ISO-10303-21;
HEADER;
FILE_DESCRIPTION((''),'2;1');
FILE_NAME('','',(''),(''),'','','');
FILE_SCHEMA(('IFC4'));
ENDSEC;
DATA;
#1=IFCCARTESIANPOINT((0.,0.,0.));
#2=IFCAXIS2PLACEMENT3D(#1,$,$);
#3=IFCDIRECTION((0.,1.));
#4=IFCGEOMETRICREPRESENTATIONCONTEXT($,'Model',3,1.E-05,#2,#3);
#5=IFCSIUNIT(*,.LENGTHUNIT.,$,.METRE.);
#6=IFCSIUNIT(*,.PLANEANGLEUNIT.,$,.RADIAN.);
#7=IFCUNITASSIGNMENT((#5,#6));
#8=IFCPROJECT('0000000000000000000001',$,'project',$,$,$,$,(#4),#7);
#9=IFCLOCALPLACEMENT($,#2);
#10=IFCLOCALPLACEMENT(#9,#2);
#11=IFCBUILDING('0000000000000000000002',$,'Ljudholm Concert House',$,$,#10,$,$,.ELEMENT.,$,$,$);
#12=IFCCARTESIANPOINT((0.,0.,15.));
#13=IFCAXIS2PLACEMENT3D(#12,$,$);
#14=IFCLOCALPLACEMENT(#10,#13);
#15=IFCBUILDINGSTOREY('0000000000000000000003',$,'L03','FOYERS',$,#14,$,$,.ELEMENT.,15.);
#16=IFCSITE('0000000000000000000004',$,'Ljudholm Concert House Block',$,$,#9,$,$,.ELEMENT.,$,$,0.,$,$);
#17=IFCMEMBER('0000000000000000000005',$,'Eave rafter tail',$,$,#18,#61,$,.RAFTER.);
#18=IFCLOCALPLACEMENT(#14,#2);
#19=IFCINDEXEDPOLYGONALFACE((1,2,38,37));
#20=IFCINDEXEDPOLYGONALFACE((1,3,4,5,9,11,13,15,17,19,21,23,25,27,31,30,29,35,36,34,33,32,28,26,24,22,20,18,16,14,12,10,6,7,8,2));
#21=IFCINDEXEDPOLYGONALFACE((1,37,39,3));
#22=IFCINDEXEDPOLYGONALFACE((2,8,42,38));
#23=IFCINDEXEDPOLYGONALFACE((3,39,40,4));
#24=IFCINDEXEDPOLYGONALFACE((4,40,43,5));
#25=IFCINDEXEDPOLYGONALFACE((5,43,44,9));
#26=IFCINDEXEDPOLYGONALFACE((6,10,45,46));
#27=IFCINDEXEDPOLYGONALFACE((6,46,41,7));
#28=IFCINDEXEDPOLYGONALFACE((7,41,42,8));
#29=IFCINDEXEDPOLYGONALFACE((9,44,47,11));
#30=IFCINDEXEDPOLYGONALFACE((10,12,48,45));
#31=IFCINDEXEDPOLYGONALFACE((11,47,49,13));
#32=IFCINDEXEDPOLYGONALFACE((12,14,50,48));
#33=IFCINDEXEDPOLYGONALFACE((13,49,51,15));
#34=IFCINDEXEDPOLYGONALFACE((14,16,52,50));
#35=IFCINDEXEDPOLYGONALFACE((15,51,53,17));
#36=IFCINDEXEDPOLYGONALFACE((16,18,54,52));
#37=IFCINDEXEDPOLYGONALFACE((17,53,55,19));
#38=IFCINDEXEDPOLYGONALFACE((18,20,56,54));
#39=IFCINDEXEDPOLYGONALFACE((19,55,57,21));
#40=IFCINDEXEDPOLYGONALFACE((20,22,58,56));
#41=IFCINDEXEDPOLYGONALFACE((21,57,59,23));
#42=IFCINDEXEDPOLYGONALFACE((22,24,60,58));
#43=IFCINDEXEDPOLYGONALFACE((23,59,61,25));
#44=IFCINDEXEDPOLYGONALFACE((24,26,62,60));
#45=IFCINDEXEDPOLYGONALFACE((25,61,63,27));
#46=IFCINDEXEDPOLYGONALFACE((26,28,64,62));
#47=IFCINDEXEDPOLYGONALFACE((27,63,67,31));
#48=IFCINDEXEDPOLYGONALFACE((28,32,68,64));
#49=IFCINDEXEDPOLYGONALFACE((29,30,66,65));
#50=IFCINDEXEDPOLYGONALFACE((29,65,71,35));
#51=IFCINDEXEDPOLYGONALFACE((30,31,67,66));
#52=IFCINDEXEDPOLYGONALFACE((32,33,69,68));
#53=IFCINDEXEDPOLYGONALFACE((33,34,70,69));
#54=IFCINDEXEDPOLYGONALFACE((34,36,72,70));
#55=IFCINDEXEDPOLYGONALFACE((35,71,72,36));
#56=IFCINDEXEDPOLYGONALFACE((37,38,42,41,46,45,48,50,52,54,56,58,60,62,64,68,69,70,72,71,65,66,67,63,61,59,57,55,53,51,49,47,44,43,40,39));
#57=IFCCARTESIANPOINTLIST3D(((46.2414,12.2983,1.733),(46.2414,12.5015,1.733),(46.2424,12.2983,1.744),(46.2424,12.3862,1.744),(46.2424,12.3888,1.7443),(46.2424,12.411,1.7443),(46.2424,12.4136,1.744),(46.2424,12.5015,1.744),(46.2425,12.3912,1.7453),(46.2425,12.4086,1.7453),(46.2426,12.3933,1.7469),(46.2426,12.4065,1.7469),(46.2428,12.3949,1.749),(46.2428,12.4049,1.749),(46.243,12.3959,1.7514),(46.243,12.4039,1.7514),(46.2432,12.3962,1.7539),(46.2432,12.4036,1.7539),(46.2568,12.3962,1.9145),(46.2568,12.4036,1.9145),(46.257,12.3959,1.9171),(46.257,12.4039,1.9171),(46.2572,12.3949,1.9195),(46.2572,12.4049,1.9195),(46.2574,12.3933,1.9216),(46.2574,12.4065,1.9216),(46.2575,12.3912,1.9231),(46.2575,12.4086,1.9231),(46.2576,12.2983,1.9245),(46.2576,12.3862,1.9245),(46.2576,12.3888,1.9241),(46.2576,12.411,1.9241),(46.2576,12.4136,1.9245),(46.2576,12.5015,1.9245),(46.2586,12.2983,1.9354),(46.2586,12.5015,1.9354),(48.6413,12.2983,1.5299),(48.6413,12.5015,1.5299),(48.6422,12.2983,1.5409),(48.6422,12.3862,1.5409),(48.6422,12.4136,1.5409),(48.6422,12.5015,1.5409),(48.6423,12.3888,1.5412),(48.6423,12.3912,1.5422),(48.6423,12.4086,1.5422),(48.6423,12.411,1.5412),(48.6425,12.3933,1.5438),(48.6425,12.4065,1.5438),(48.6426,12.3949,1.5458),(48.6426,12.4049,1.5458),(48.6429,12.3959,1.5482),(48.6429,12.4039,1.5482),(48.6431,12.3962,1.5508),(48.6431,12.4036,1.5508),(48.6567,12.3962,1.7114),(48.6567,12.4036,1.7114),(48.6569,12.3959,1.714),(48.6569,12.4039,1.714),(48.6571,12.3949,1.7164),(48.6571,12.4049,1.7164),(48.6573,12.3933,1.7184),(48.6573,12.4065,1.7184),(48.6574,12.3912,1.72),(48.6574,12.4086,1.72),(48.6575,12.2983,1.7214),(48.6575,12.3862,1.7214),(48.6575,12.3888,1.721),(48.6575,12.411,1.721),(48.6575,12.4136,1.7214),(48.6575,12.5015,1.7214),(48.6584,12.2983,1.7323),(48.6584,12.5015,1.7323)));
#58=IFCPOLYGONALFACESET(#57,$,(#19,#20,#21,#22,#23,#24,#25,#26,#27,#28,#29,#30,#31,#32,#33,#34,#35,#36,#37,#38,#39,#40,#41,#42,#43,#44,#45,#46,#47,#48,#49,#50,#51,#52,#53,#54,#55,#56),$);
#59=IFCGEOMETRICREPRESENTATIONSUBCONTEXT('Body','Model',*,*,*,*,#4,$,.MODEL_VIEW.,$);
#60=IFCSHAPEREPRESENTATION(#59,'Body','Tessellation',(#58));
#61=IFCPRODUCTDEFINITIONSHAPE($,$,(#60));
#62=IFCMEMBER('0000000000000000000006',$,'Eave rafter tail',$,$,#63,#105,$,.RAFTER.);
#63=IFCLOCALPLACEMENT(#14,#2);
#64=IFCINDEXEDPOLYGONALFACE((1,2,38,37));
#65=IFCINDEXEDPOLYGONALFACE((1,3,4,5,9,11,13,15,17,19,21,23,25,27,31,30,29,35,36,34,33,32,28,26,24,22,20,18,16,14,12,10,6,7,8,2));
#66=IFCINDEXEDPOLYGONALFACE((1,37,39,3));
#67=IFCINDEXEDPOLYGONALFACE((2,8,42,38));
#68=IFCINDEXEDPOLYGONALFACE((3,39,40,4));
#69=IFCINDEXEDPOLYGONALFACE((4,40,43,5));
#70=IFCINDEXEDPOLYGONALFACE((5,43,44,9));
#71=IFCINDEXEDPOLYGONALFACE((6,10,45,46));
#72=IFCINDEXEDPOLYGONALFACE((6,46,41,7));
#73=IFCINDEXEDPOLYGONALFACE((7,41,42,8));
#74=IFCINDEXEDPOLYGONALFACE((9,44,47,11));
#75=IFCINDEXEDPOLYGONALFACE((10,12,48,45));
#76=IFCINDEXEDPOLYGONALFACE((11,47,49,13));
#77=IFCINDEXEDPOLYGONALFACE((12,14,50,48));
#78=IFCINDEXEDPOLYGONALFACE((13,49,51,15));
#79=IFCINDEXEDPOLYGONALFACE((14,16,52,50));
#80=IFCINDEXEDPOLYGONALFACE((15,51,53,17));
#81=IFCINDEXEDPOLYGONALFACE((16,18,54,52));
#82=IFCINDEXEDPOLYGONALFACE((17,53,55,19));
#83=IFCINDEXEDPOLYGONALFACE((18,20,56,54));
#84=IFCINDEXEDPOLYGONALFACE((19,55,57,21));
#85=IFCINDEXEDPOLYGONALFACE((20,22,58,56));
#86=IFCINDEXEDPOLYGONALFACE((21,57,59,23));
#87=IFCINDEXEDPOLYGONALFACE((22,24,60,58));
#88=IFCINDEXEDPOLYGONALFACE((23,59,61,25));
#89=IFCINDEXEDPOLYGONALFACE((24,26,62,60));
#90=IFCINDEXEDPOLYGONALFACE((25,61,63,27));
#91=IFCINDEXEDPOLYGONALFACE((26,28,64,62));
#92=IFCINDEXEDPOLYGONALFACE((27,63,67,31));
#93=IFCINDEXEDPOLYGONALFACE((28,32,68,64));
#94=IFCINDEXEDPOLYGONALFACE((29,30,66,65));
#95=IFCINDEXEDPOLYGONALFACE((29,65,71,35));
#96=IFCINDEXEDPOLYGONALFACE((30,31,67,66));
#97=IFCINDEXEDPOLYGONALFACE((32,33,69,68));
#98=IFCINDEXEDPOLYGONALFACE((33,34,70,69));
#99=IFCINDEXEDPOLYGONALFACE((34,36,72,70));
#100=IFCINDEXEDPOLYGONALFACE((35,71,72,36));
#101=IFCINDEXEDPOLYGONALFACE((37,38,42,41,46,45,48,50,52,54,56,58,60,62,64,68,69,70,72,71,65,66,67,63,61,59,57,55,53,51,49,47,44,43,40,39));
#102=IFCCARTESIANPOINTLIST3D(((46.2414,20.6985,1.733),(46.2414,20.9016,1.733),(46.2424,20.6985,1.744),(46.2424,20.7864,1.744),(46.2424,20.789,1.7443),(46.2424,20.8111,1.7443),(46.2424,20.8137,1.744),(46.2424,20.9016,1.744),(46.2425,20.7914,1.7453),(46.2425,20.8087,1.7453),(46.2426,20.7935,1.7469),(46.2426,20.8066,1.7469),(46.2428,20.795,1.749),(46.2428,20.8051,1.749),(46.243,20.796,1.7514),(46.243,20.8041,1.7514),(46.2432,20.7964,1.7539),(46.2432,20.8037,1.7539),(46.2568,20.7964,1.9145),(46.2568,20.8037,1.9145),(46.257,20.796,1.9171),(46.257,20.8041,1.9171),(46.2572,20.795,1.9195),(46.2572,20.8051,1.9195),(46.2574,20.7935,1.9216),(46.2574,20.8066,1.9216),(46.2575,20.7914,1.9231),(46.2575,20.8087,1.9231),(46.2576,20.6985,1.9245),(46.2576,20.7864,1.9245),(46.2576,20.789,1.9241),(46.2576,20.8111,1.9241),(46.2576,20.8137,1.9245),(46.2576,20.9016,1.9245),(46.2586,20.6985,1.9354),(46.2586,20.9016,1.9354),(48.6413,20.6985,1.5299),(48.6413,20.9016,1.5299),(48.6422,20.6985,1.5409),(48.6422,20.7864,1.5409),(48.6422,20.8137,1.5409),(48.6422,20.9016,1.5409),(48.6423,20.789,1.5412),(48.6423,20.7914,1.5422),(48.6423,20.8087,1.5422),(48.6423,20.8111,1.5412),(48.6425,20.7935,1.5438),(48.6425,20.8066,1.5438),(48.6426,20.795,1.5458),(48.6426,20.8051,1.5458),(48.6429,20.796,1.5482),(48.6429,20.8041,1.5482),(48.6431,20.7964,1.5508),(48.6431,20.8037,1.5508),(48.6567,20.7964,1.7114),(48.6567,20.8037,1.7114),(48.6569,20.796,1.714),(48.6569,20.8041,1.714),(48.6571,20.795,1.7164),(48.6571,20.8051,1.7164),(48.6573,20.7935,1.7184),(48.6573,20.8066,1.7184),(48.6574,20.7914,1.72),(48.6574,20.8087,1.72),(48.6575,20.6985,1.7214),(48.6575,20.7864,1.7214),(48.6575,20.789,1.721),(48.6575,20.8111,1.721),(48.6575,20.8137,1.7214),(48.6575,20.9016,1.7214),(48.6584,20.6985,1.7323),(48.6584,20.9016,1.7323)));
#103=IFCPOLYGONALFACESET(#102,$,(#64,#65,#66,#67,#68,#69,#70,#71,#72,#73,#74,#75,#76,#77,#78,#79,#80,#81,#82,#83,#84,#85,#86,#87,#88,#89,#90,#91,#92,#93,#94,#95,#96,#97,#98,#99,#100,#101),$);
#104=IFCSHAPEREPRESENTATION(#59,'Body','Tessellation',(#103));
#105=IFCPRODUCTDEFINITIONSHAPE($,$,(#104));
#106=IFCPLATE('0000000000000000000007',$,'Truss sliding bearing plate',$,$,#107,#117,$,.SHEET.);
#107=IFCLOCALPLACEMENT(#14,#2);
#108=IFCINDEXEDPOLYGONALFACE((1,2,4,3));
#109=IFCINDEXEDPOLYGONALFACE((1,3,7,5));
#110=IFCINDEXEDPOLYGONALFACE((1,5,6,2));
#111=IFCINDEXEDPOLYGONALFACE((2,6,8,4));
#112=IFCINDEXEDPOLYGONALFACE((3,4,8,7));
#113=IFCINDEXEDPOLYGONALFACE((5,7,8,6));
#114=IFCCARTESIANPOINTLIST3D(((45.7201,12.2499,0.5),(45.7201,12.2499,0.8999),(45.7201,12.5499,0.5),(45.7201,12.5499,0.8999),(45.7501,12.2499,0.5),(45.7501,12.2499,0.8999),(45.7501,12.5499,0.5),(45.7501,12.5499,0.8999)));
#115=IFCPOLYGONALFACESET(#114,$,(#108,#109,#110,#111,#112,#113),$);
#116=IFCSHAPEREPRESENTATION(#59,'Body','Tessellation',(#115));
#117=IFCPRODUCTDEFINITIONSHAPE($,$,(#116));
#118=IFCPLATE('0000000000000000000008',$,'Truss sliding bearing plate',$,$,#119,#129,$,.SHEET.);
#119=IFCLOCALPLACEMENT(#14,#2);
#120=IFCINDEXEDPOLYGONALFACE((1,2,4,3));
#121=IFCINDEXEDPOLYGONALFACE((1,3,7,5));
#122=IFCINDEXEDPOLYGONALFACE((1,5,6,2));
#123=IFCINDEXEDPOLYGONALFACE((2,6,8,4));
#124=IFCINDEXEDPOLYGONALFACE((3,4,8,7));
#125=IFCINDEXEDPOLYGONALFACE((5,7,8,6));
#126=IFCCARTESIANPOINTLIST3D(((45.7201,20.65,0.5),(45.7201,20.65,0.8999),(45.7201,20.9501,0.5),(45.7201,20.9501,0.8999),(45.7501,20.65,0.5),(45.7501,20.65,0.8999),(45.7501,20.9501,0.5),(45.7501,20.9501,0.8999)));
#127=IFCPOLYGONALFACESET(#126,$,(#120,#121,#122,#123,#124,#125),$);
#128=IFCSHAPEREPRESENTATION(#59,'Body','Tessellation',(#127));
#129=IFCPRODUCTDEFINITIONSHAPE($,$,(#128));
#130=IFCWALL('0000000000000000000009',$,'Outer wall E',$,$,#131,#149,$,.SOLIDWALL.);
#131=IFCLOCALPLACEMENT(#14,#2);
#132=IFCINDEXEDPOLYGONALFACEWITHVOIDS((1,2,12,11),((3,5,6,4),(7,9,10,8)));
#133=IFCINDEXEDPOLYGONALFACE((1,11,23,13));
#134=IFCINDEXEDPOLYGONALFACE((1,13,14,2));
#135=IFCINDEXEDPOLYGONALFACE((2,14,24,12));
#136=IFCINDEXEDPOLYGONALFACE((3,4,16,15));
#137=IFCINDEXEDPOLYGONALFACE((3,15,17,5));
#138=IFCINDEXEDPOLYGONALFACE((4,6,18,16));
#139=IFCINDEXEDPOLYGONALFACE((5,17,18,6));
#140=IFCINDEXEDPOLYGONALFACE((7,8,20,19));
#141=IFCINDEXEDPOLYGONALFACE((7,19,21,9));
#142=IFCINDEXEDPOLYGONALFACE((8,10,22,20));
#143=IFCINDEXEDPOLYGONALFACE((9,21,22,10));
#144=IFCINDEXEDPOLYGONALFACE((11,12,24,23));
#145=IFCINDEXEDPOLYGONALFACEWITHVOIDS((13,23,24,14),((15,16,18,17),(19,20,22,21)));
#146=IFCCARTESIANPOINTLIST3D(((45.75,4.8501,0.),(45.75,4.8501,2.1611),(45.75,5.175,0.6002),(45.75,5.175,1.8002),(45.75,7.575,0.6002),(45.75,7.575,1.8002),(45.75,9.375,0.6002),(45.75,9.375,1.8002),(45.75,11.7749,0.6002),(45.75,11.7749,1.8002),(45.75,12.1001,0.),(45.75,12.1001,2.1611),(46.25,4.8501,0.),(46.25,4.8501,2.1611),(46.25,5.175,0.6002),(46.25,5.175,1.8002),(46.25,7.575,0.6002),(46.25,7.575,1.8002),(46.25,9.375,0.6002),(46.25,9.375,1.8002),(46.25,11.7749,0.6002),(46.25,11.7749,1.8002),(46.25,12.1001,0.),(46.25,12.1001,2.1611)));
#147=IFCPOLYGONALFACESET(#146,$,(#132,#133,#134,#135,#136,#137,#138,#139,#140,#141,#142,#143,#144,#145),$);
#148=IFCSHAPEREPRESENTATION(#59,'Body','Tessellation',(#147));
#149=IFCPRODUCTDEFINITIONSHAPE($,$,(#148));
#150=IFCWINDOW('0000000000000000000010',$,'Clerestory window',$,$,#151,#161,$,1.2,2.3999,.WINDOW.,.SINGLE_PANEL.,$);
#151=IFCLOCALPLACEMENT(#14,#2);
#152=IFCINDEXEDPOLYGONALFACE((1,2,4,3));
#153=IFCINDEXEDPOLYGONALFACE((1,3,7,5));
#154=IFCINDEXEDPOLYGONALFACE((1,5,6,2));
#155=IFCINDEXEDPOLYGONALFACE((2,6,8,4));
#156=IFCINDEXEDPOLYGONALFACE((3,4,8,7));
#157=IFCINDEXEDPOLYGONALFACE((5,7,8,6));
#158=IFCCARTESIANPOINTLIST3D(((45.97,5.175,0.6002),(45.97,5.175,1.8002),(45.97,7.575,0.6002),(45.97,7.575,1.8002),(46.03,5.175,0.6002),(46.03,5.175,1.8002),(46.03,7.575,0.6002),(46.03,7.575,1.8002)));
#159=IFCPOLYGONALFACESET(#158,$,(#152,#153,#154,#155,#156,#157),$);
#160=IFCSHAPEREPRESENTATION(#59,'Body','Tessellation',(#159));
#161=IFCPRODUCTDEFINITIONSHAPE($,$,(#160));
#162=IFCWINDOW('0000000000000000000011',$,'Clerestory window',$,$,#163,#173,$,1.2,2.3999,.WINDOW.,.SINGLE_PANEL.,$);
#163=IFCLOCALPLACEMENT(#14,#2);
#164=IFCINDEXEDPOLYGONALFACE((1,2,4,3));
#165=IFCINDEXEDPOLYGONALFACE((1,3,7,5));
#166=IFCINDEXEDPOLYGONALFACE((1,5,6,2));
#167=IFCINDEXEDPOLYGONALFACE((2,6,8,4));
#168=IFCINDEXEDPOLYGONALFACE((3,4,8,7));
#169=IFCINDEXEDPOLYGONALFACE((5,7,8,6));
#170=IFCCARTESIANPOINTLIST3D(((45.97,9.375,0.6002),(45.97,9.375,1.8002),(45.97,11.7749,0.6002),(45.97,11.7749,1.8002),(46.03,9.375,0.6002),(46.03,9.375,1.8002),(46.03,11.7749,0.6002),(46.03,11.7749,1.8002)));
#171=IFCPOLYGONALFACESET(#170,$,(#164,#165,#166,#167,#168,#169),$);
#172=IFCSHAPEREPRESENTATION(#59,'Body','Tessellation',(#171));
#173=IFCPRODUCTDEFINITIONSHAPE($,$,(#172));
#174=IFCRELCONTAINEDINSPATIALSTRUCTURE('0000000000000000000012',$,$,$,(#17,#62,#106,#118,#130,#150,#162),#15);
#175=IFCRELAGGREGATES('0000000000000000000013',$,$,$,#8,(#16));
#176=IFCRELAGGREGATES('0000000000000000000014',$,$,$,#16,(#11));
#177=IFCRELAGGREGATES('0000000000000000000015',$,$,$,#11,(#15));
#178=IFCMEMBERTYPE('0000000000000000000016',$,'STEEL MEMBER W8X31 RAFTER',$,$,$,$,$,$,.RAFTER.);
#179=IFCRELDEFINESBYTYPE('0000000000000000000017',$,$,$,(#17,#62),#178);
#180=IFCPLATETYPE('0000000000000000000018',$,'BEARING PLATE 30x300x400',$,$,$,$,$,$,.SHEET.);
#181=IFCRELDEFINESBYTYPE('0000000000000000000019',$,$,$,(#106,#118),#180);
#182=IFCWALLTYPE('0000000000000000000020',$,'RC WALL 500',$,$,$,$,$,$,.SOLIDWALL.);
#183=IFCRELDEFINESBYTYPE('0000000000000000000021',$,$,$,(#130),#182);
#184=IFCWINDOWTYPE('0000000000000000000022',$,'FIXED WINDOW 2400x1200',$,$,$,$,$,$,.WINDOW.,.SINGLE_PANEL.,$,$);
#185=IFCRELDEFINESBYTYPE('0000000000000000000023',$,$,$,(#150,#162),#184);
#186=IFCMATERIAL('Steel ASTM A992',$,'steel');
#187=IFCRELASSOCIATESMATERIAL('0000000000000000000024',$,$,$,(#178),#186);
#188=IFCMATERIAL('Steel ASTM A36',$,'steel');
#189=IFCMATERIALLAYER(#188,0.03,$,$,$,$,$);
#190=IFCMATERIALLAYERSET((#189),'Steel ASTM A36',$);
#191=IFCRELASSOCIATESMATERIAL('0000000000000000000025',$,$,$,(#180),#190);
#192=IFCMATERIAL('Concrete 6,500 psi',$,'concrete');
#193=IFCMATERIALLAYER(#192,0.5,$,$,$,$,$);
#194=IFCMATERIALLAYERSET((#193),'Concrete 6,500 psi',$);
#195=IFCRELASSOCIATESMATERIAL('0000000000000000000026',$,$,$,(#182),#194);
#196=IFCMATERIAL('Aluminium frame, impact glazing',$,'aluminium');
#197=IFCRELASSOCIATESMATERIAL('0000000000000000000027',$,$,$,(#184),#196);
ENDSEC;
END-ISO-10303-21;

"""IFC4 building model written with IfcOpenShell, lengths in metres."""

from ifc_helpers import new_model, si_unit, direction, frame, frame_2d, origin, origin_2d, place, context, subcontext, project, spatial, rectangle, i_section, extrude, material, layer, layer_set, material_profile, profile_set, type_object, element, fill, save


model = new_model("IFC4")

# Units and contexts
model_context = context("Model", 3, precision=1e-05, world=origin(), true_north=direction((0.0, 1.0)))
body_context = subcontext(model_context, "Body", "Model", "MODEL_VIEW")
ifc_project = project(units=[si_unit("LENGTHUNIT", "METRE"), si_unit("PLANEANGLEUNIT", "RADIAN")], contexts=[model_context])

# Site, building, storey
site_placement = place(None, origin())
site = spatial("IfcSite", under=ifc_project, at=site_placement, Name="Ljudholm Concert House Block", CompositionType="ELEMENT", RefElevation=0.0)
building_placement = place(site_placement, origin())
building = spatial("IfcBuilding", under=site, at=building_placement, Name="Ljudholm Concert House", CompositionType="ELEMENT")
storey_placement = place(building_placement, frame((0.0, 0.0, 15.0)))
storey = spatial("IfcBuildingStorey", under=building, at=storey_placement, Name="L03", Description="FOYERS", CompositionType="ELEMENT", Elevation=15.0)

# Members
ifc_material_1 = material(Name="Steel ASTM A992", Category="steel")
ifc_material_profile_1 = material_profile(ifc_material_1, i_section(OverallWidth=0.2031, OverallDepth=0.2031, WebThickness=0.0073, FlangeThickness=0.011, FilletRadius=0.01, at=origin_2d()), Name="W8X31")
ifc_profile_set_1 = profile_set([ifc_material_profile_1], Name="Steel ASTM A992")
member_type_1 = type_object("IfcMemberType", Name="STEEL MEMBER W8X31 RAFTER", PredefinedType="RAFTER", material=ifc_profile_set_1)
for number, where, z_axis, x_axis, name in (
    (1, (46.25, 12.3999, 1.8342), (0.996437, 0.0, -0.084337), (0.0, 1.0, 0.0), "Eave rafter tail"),
    (2, (46.25, 20.8, 1.8342), (0.996437, 0.0, -0.084337), (0.0, 1.0, 0.0), "Eave rafter tail"),
):
    element("IfcMember", number, at=place(storey_placement, frame(where, z_axis=z_axis, x_axis=x_axis)), inside=storey, type_object=member_type_1, Name=name, PredefinedType="RAFTER", context=body_context, shape_type="SweptSolid", body=[
        extrude(i_section(OverallWidth=0.2031, OverallDepth=0.2031, WebThickness=0.0073, FlangeThickness=0.011, FilletRadius=0.01, at=origin_2d()), origin(), (0.0, 0.0, 1.0), 2.4084),
    ])

# Plates
ifc_material_2 = material(Name="Steel ASTM A36", Category="steel")
ifc_layer_1 = layer(ifc_material_2, 0.03)
ifc_layer_set_1 = layer_set([ifc_layer_1], Name="Steel ASTM A36")
plate_type = type_object("IfcPlateType", Name="BEARING PLATE 30x300x400", PredefinedType="SHEET", material=ifc_layer_set_1)
for number, where, z_axis, x_axis, name in (
    (3, (45.7351, 12.3999, 0.5), (0.0, 0.0, 1.0), (1.0, 0.0, 0.0), "Truss sliding bearing plate"),
    (4, (45.7351, 20.8, 0.5), (0.0, 0.0, 1.0), (1.0, 0.0, 0.0), "Truss sliding bearing plate"),
):
    element("IfcPlate", number, at=place(storey_placement, frame(where, z_axis=z_axis, x_axis=x_axis)), inside=storey, type_object=plate_type, Name=name, PredefinedType="SHEET", context=body_context, shape_type="SweptSolid", body=[
        extrude(rectangle(XDim=0.03, YDim=0.3, at=origin_2d()), origin(), (0.0, 0.0, 1.0), 0.3999),
    ])

# Wall, openings, windows
ifc_material_3 = material(Name="Concrete 6,500 psi", Category="concrete")
ifc_layer_2 = layer(ifc_material_3, 0.5)
ifc_layer_set_2 = layer_set([ifc_layer_2], Name="Concrete 6,500 psi")
wall_type = type_object("IfcWallType", Name="RC WALL 500", PredefinedType="SOLIDWALL", material=ifc_layer_set_2)
wall_1_placement = place(storey_placement, frame((46.0, 4.8501, 0.0), z_axis=(0.0, 0.0, 1.0), x_axis=(0.0, 1.0, 0.0)))
wall_1 = element("IfcWall", 5, at=wall_1_placement, inside=storey, type_object=wall_type, Name="Outer wall E", PredefinedType="SOLIDWALL", context=body_context, shape_type="SweptSolid", body=[
    extrude(rectangle(XDim=7.25, YDim=0.5, at=frame_2d((3.625, 0.0))), origin(), (0.0, 0.0, 1.0), 2.1611),
])
opening_1_placement = place(wall_1_placement, frame((0.325, 0.0, 0.6001)))
opening_1 = element("IfcOpeningElement", 6, at=opening_1_placement, cuts=wall_1, PredefinedType="OPENING", context=body_context, shape_type="SweptSolid", body=[
    extrude(rectangle(XDim=2.3999, YDim=1.2, at=frame_2d((1.2, 0.6001))), frame((0.0, 0.26, 0.0), z_axis=(0.0, -1.0, 0.0), x_axis=(1.0, 0.0, 0.0)), (0.0, 0.0, 1.0), 0.52),
])
opening_2_placement = place(wall_1_placement, frame((4.5249, 0.0, 0.6001)))
opening_2 = element("IfcOpeningElement", 7, at=opening_2_placement, cuts=wall_1, PredefinedType="OPENING", context=body_context, shape_type="SweptSolid", body=[
    extrude(rectangle(XDim=2.3999, YDim=1.2, at=frame_2d((1.2, 0.6001))), frame((0.0, 0.26, 0.0), z_axis=(0.0, -1.0, 0.0), x_axis=(1.0, 0.0, 0.0)), (0.0, 0.0, 1.0), 0.52),
])
ifc_material_4 = material(Name="Aluminium frame, impact glazing", Category="aluminium")
window_type = type_object("IfcWindowType", Name="FIXED WINDOW 2400x1200", PartitioningType="SINGLE_PANEL", PredefinedType="WINDOW", material=ifc_material_4)
window_1_placement = place(opening_1_placement, origin())
window_1 = element("IfcWindow", 8, at=window_1_placement, inside=storey, type_object=window_type, Name="Clerestory window", OverallHeight=1.2, OverallWidth=2.3999, PartitioningType="SINGLE_PANEL", PredefinedType="WINDOW", context=body_context, shape_type="SweptSolid", body=[
    extrude(rectangle(XDim=2.3999, YDim=1.2, at=frame_2d((1.2, 0.6001))), frame((0.0, 0.03, 0.0), z_axis=(0.0, -1.0, 0.0), x_axis=(1.0, 0.0, 0.0)), (0.0, 0.0, 1.0), 0.0601),
])
fill(opening_1, window_1)
window_2_placement = place(opening_2_placement, origin())
window_2 = element("IfcWindow", 9, at=window_2_placement, inside=storey, type_object=window_type, Name="Clerestory window", OverallHeight=1.2, OverallWidth=2.3999, PartitioningType="SINGLE_PANEL", PredefinedType="WINDOW", context=body_context, shape_type="SweptSolid", body=[
    extrude(rectangle(XDim=2.3999, YDim=1.2, at=frame_2d((1.2, 0.6001))), frame((0.0, 0.03, 0.0), z_axis=(0.0, -1.0, 0.0), x_axis=(1.0, 0.0, 0.0)), (0.0, 0.0, 1.0), 0.0601),
])
fill(opening_2, window_2)

save(model, "model.ifc")
